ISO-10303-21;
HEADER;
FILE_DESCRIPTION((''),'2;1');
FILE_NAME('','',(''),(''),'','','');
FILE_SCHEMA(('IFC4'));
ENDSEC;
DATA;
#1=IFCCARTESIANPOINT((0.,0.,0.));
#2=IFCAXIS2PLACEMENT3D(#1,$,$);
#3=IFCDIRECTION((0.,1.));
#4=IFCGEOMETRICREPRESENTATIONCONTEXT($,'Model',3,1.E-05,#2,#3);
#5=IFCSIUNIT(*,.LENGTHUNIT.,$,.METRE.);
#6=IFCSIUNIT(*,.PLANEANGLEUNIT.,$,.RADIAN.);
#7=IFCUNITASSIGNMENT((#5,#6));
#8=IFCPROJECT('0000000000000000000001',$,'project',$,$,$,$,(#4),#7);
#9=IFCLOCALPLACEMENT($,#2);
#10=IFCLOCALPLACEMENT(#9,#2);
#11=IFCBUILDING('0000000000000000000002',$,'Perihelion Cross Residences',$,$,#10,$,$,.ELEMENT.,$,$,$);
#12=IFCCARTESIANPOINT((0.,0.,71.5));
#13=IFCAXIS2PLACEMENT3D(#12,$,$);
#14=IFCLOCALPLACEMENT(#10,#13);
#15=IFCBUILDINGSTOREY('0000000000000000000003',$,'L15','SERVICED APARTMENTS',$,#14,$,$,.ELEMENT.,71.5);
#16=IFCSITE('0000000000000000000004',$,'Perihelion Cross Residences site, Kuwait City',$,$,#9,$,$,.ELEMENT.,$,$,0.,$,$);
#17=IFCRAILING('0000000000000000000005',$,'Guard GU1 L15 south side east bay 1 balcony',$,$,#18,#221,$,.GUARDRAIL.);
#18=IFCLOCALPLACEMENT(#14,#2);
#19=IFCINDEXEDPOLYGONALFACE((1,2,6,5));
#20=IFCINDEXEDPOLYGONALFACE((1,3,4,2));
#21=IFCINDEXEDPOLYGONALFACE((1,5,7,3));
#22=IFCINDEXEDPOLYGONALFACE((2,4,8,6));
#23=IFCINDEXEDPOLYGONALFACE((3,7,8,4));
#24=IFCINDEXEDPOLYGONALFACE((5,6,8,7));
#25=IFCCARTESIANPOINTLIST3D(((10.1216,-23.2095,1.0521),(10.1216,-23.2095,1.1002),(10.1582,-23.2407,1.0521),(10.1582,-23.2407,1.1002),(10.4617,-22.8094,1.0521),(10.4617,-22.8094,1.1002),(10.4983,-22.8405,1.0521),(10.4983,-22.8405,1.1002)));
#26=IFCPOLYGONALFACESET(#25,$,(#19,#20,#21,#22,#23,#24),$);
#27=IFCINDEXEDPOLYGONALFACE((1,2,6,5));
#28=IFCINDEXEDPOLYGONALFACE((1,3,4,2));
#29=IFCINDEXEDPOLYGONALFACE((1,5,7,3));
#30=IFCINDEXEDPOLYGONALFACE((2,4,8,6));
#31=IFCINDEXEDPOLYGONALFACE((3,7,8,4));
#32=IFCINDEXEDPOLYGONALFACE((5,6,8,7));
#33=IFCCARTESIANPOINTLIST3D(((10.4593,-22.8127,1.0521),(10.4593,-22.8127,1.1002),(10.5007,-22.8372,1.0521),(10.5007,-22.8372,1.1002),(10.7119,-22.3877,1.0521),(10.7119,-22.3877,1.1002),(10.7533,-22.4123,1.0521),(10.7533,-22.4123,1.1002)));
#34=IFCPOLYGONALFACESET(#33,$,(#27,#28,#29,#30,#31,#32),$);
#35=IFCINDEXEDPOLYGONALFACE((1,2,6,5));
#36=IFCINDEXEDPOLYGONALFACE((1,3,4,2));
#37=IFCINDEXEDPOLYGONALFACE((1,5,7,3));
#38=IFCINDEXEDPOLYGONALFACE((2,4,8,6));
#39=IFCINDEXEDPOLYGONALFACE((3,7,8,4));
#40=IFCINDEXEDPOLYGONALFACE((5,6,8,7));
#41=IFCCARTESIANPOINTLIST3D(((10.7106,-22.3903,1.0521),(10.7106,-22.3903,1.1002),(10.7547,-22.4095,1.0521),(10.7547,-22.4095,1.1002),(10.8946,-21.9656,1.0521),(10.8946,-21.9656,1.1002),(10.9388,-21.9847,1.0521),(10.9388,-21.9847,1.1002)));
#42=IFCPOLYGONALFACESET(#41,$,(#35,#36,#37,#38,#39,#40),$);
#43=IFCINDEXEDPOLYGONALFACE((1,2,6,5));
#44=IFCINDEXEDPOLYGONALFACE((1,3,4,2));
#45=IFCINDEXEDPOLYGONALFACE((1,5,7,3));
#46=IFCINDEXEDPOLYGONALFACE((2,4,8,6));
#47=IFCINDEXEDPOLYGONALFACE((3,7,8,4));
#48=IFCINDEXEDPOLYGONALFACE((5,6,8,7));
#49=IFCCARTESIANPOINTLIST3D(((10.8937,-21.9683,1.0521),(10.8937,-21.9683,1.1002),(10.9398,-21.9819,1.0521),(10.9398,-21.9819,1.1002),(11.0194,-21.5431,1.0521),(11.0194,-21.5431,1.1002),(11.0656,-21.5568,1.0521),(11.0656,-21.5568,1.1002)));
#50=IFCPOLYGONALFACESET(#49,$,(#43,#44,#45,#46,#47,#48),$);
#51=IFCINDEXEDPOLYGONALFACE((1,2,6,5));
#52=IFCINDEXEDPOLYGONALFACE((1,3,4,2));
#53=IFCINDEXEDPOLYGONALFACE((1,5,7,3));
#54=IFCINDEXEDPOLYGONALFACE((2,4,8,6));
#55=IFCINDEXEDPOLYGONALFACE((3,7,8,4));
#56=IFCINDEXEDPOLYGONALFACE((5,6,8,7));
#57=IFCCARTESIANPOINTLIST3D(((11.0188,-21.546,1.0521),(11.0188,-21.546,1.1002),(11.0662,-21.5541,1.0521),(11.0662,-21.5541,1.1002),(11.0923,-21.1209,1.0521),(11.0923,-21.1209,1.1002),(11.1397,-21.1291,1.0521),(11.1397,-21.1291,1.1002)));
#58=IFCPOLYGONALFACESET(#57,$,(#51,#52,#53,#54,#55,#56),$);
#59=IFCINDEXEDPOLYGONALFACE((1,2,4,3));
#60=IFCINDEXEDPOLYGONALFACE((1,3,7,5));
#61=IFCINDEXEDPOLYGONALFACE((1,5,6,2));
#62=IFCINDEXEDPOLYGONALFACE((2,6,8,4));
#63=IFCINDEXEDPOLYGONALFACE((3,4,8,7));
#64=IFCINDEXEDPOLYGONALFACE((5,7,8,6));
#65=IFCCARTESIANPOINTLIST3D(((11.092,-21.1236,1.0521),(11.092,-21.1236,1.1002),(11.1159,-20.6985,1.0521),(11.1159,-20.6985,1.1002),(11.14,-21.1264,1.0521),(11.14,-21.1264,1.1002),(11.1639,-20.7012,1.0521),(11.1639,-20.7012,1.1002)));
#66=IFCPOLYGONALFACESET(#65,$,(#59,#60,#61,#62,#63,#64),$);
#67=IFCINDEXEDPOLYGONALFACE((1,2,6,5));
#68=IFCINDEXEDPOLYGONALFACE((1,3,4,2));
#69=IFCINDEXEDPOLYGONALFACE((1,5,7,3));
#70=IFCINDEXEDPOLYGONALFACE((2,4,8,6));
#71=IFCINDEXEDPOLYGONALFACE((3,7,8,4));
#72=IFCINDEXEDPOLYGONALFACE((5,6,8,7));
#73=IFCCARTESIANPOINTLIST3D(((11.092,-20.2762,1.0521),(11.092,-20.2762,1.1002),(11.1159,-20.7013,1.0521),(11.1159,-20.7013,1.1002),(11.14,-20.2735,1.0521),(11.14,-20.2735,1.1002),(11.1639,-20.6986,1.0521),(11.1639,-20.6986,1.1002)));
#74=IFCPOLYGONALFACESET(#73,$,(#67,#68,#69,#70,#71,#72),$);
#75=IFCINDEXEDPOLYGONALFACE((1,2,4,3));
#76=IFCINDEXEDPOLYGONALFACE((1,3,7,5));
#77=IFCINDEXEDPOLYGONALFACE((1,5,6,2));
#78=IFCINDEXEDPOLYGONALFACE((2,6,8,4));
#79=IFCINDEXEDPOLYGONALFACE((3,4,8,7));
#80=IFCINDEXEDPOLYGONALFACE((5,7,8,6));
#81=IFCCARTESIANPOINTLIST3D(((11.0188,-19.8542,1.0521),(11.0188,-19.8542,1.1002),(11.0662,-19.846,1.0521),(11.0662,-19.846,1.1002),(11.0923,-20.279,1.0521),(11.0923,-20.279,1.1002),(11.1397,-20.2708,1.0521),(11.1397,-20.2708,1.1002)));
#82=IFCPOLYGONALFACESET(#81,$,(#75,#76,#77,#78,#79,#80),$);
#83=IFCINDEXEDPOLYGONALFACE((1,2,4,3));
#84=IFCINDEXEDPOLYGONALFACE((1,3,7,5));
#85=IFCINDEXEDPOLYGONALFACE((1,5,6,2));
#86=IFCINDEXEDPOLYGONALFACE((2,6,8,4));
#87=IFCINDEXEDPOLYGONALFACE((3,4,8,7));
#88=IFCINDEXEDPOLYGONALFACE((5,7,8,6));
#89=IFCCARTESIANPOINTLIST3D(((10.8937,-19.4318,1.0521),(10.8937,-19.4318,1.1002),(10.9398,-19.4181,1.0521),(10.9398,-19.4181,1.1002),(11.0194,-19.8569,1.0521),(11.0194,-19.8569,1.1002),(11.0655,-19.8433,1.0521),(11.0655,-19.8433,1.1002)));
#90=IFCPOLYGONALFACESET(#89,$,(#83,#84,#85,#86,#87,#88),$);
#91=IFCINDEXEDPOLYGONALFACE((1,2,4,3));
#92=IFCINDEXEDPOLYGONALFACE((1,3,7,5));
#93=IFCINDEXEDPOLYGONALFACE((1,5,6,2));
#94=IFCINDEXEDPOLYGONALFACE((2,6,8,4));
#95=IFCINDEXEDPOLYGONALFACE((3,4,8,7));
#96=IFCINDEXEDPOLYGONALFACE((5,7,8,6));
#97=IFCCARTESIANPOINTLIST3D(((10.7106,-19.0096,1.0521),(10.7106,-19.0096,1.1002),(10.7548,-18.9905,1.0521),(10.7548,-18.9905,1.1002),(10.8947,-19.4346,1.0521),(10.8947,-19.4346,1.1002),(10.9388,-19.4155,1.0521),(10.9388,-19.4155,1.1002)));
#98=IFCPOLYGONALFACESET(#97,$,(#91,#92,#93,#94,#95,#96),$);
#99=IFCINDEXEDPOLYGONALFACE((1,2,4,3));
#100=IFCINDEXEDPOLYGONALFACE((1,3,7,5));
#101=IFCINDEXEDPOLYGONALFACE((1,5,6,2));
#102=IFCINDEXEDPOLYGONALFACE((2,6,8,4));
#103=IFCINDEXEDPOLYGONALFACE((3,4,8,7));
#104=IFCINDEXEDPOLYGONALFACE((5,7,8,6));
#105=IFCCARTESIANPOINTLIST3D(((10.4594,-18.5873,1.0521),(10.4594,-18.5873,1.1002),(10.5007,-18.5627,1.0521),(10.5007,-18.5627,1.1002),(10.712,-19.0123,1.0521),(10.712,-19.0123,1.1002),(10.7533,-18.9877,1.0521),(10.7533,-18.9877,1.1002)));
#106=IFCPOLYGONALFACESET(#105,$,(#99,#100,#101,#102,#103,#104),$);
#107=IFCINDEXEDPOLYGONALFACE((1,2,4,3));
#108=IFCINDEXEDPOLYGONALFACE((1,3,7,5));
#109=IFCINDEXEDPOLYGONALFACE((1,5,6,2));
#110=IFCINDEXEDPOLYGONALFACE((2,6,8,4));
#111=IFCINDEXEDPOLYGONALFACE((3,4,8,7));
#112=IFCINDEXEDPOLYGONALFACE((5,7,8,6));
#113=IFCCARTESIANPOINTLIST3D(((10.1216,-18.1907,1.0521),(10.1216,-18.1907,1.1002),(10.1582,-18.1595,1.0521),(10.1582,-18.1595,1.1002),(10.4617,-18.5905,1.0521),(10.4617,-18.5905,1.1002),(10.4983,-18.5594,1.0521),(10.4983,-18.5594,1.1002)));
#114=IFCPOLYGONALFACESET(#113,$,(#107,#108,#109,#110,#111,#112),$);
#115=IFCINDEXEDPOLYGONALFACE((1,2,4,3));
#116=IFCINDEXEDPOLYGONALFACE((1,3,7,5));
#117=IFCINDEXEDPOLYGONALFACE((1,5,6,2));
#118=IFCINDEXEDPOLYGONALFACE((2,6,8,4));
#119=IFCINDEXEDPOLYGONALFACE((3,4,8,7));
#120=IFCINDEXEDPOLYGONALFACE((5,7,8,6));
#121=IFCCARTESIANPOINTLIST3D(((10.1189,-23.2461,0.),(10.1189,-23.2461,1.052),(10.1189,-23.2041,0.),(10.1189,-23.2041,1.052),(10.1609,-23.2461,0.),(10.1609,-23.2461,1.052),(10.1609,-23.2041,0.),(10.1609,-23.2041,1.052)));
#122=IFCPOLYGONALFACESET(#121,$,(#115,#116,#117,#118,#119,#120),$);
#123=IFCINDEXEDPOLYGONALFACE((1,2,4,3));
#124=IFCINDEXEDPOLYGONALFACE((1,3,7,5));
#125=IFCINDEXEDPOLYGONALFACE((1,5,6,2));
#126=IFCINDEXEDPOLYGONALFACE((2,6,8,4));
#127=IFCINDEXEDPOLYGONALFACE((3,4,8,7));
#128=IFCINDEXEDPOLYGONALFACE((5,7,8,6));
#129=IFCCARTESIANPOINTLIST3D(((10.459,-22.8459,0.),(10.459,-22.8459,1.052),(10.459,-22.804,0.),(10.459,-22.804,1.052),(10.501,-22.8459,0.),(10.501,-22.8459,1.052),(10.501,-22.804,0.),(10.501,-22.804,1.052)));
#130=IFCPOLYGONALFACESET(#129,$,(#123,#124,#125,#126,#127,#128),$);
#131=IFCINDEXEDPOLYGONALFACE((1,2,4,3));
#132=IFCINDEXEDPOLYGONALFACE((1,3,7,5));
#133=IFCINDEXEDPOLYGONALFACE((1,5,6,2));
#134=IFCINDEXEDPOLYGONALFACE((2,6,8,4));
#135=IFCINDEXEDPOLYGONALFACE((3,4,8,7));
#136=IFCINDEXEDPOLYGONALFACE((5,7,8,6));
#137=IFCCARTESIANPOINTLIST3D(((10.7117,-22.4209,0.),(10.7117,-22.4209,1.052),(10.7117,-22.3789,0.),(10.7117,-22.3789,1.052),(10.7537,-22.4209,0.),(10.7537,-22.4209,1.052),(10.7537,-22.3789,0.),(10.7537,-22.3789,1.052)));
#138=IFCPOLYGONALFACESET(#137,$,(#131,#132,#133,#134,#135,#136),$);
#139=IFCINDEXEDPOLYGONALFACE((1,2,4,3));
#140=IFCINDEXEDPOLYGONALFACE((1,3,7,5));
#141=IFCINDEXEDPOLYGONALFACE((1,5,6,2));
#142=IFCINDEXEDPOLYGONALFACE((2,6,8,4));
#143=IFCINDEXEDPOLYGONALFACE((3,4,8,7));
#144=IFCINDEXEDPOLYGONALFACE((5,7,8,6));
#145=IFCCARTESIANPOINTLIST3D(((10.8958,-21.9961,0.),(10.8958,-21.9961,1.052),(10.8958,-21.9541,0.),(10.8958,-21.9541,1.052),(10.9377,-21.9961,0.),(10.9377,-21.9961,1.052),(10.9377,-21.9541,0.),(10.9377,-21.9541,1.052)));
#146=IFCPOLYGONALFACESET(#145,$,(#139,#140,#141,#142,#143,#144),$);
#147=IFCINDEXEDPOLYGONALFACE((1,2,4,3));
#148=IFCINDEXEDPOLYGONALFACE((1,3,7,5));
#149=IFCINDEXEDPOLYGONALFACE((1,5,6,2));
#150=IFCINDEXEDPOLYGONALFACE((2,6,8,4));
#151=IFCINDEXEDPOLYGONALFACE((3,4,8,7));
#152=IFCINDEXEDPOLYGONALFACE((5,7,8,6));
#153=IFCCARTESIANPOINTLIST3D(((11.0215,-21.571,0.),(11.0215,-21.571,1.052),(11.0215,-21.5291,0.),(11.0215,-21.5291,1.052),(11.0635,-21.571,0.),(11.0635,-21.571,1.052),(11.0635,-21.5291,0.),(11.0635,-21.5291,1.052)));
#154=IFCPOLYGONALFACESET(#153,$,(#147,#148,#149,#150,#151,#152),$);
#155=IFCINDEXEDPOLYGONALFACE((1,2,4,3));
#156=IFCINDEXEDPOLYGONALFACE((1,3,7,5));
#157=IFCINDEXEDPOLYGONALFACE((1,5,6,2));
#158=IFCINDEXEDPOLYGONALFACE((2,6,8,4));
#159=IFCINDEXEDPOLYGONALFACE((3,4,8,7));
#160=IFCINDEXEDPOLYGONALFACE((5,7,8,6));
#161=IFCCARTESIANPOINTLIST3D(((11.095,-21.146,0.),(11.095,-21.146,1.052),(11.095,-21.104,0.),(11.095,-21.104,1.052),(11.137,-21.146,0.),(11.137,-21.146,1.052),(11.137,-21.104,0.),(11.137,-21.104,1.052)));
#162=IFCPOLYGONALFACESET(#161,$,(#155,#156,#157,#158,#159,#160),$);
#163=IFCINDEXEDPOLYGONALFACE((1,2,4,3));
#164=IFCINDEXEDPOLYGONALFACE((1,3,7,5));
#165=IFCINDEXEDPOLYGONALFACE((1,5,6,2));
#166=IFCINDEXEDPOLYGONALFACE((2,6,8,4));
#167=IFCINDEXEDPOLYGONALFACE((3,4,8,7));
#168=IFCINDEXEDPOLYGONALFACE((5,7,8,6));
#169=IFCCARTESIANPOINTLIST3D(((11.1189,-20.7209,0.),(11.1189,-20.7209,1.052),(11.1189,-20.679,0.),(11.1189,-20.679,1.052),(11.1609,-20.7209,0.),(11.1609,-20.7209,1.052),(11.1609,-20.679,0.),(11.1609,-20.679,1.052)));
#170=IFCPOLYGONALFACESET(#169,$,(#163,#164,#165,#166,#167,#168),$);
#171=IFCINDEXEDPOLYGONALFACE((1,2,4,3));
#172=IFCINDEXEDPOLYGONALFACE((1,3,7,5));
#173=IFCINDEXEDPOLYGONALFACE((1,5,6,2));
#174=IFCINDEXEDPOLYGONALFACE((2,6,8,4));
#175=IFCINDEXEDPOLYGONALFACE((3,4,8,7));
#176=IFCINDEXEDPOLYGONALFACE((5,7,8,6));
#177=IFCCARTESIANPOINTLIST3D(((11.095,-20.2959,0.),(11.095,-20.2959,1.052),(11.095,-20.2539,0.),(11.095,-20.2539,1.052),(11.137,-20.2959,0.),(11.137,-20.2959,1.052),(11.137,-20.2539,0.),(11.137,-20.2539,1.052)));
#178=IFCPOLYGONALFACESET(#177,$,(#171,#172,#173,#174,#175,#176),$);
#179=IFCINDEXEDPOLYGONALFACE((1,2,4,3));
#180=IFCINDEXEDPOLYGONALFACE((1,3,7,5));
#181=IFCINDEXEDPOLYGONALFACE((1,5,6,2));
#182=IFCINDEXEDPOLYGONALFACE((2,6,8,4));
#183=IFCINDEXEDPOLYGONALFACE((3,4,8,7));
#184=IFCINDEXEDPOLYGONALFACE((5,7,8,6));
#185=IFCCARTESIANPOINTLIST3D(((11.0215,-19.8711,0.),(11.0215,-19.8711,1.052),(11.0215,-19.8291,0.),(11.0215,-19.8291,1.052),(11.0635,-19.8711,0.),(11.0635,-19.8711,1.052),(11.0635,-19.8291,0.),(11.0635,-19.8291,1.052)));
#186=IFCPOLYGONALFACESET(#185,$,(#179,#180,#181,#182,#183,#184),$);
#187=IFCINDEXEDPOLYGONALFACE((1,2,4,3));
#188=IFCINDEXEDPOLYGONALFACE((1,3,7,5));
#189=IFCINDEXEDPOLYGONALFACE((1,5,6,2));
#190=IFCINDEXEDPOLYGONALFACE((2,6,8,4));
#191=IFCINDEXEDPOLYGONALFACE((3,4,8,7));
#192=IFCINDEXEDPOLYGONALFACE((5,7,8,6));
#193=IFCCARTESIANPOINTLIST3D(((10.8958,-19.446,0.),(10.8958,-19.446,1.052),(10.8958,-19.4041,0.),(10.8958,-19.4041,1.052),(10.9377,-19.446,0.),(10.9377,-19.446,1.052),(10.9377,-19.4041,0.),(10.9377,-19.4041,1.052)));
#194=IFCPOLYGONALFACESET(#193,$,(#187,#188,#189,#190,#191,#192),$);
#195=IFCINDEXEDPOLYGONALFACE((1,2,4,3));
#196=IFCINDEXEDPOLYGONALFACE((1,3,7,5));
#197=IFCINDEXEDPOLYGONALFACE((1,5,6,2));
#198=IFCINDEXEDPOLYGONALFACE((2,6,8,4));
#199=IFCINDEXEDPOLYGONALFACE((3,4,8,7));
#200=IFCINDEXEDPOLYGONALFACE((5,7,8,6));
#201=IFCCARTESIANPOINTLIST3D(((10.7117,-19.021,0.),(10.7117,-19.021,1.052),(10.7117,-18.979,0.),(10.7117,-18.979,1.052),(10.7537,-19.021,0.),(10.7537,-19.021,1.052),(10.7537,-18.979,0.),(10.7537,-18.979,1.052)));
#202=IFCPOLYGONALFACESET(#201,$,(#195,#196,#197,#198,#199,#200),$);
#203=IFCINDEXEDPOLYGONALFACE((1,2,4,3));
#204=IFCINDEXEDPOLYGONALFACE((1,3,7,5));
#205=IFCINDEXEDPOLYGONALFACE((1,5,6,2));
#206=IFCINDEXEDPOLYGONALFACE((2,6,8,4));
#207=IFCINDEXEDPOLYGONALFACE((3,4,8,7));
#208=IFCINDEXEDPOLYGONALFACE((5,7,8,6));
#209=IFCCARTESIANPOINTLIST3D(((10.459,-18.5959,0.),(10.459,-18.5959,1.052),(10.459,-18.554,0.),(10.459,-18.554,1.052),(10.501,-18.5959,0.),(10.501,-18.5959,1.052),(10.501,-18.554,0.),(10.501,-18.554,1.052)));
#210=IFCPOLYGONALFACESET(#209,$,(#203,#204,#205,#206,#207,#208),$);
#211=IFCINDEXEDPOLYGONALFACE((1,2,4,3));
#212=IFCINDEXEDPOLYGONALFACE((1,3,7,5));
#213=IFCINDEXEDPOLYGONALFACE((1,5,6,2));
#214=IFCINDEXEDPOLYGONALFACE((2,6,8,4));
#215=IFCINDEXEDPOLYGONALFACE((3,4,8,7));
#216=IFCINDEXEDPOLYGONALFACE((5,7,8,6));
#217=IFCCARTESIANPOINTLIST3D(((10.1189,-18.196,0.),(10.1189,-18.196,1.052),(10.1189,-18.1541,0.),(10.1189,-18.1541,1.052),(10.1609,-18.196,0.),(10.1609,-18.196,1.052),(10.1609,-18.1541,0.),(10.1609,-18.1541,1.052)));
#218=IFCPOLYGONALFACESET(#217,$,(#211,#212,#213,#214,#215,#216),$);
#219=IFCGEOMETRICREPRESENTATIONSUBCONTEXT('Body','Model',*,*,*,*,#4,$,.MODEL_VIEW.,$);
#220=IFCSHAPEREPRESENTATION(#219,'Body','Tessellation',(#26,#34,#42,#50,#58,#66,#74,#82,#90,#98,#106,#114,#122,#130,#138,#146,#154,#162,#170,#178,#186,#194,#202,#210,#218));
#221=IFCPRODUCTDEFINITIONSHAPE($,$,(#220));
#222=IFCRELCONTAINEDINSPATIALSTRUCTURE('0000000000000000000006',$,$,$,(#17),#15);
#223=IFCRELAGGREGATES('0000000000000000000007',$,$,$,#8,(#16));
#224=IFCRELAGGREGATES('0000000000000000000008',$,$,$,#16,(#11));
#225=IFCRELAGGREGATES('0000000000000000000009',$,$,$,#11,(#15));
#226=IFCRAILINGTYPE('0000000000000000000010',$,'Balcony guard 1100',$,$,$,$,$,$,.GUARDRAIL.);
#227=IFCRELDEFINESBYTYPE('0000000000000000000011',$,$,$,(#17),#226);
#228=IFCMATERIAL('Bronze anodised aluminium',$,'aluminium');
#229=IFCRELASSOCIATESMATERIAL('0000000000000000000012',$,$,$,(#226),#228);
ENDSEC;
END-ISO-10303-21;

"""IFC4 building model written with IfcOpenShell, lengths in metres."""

from ifc_helpers import new_model, si_unit, direction, frame, origin, origin_2d, place, context, subcontext, project, spatial, rectangle, extrude, material, type_object, element, save


model = new_model("IFC4")

# Units and contexts
model_context = context("Model", 3, precision=1e-05, world=origin(), true_north=direction((0.0, 1.0)))
body_context = subcontext(model_context, "Body", "Model", "MODEL_VIEW")
ifc_project = project(units=[si_unit("LENGTHUNIT", "METRE"), si_unit("PLANEANGLEUNIT", "RADIAN")], contexts=[model_context])

# Site, building, storey
site_placement = place(None, origin())
site = spatial("IfcSite", under=ifc_project, at=site_placement, Name="Perihelion Cross Residences site, Kuwait City", CompositionType="ELEMENT", RefElevation=0.0)
building_placement = place(site_placement, origin())
building = spatial("IfcBuilding", under=site, at=building_placement, Name="Perihelion Cross Residences", CompositionType="ELEMENT")
storey_placement = place(building_placement, frame((0.0, 0.0, 71.5)))
storey = spatial("IfcBuildingStorey", under=building, at=storey_placement, Name="L15", Description="SERVICED APARTMENTS", CompositionType="ELEMENT", Elevation=71.5)

# Railing
ifc_material_1 = material(Name="Bronze anodised aluminium", Category="aluminium")
railing_type = type_object("IfcRailingType", Name="Balcony guard 1100", PredefinedType="GUARDRAIL", material=ifc_material_1)
railing_1_placement = place(storey_placement, frame((10.1399, -23.2251, 0.0)))
element("IfcRailing", 1, at=railing_1_placement, inside=storey, type_object=railing_type, Name="Guard GU1 L15 south side east bay 1 balcony", PredefinedType="GUARDRAIL", context=body_context, shape_type="SweptSolid", body=[
    extrude(rectangle(XDim=0.0481, YDim=0.0481, at=origin_2d()), frame((0.0, 0.0, 1.0762), z_axis=(0.647608, 0.761974, 0.0), x_axis=(-0.761974, 0.647608, 0.0)), (0.0, 0.0, 1.0), 0.5251),
    extrude(rectangle(XDim=0.0481, YDim=0.0481, at=origin_2d()), frame((0.3401, 0.4001, 1.0762), z_axis=(0.511006, 0.859577, 0.0), x_axis=(-0.859577, 0.511006, 0.0)), (0.0, 0.0, 1.0), 0.4944),
    extrude(rectangle(XDim=0.0481, YDim=0.0481, at=origin_2d()), frame((0.5928, 0.8252, 1.0762), z_axis=(0.397607, 0.917556, 0.0), x_axis=(-0.917556, 0.397607, 0.0)), (0.0, 0.0, 1.0), 0.4629),
    extrude(rectangle(XDim=0.0481, YDim=0.0481, at=origin_2d()), frame((0.7769, 1.25, 1.0762), z_axis=(0.283657, 0.958926, 0.0), x_axis=(-0.958926, 0.283657, 0.0)), (0.0, 0.0, 1.0), 0.4434),
    extrude(rectangle(XDim=0.0481, YDim=0.0481, at=origin_2d()), frame((0.9026, 1.675, 1.0762), z_axis=(0.170362, 0.985382, 0.0), x_axis=(-0.985382, 0.170362, 0.0)), (0.0, 0.0, 1.0), 0.4314),
    extrude(rectangle(XDim=0.0481, YDim=0.0481, at=origin_2d()), frame((0.9761, 2.1001, 1.0762), z_axis=(0.056201, 0.99842, 0.0), x_axis=(-0.99842, 0.056201, 0.0)), (0.0, 0.0, 1.0), 0.4258),
    extrude(rectangle(XDim=0.0481, YDim=0.0481, at=origin_2d()), frame((1.0, 2.5251, 1.0762), z_axis=(-0.056201, 0.99842, 0.0), x_axis=(-0.99842, -0.056201, 0.0)), (0.0, 0.0, 1.0), 0.4258),
    extrude(rectangle(XDim=0.0481, YDim=0.0481, at=origin_2d()), frame((0.9761, 2.9502, 1.0762), z_axis=(-0.170457, 0.985365, 0.0), x_axis=(-0.985365, -0.170457, 0.0)), (0.0, 0.0, 1.0), 0.4312),
    extrude(rectangle(XDim=0.0481, YDim=0.0481, at=origin_2d()), frame((0.9026, 3.375, 1.0762), z_axis=(-0.283657, 0.958926, 0.0), x_axis=(-0.958926, -0.283657, 0.0)), (0.0, 0.0, 1.0), 0.4434),
    extrude(rectangle(XDim=0.0481, YDim=0.0481, at=origin_2d()), frame((0.7769, 3.8, 1.0762), z_axis=(-0.397415, 0.917639, 0.0), x_axis=(-0.917639, -0.397415, 0.0)), (0.0, 0.0, 1.0), 0.4631),
    extrude(rectangle(XDim=0.0481, YDim=0.0481, at=origin_2d()), frame((0.5928, 4.2251, 1.0762), z_axis=(-0.511006, 0.859577, 0.0), x_axis=(-0.859577, -0.511006, 0.0)), (0.0, 0.0, 1.0), 0.4944),
    extrude(rectangle(XDim=0.0481, YDim=0.0481, at=origin_2d()), frame((0.3401, 4.6501, 1.0762), z_axis=(-0.647837, 0.761779, 0.0), x_axis=(-0.761779, -0.647837, 0.0)), (0.0, 0.0, 1.0), 0.5249),
    extrude(rectangle(XDim=0.042, YDim=0.042, at=origin_2d()), origin(), (0.0, 0.0, 1.0), 1.052),
    extrude(rectangle(XDim=0.042, YDim=0.042, at=origin_2d()), frame((0.3401, 0.4001, 0.0)), (0.0, 0.0, 1.0), 1.052),
    extrude(rectangle(XDim=0.042, YDim=0.042, at=origin_2d()), frame((0.5928, 0.8252, 0.0)), (0.0, 0.0, 1.0), 1.052),
    extrude(rectangle(XDim=0.042, YDim=0.042, at=origin_2d()), frame((0.7769, 1.25, 0.0)), (0.0, 0.0, 1.0), 1.052),
    extrude(rectangle(XDim=0.042, YDim=0.042, at=origin_2d()), frame((0.9026, 1.675, 0.0)), (0.0, 0.0, 1.0), 1.052),
    extrude(rectangle(XDim=0.042, YDim=0.042, at=origin_2d()), frame((0.9761, 2.1001, 0.0)), (0.0, 0.0, 1.0), 1.052),
    extrude(rectangle(XDim=0.042, YDim=0.042, at=origin_2d()), frame((1.0, 2.5251, 0.0)), (0.0, 0.0, 1.0), 1.052),
    extrude(rectangle(XDim=0.042, YDim=0.042, at=origin_2d()), frame((0.9761, 2.9502, 0.0)), (0.0, 0.0, 1.0), 1.052),
    extrude(rectangle(XDim=0.042, YDim=0.042, at=origin_2d()), frame((0.9026, 3.375, 0.0)), (0.0, 0.0, 1.0), 1.052),
    extrude(rectangle(XDim=0.042, YDim=0.042, at=origin_2d()), frame((0.7769, 3.8, 0.0)), (0.0, 0.0, 1.0), 1.052),
    extrude(rectangle(XDim=0.042, YDim=0.042, at=origin_2d()), frame((0.5928, 4.2251, 0.0)), (0.0, 0.0, 1.0), 1.052),
    extrude(rectangle(XDim=0.042, YDim=0.042, at=origin_2d()), frame((0.3401, 4.6501, 0.0)), (0.0, 0.0, 1.0), 1.052),
    extrude(rectangle(XDim=0.042, YDim=0.042, at=origin_2d()), frame((0.0, 5.05, 0.0)), (0.0, 0.0, 1.0), 1.052),
])

save(model, "model.ifc")
